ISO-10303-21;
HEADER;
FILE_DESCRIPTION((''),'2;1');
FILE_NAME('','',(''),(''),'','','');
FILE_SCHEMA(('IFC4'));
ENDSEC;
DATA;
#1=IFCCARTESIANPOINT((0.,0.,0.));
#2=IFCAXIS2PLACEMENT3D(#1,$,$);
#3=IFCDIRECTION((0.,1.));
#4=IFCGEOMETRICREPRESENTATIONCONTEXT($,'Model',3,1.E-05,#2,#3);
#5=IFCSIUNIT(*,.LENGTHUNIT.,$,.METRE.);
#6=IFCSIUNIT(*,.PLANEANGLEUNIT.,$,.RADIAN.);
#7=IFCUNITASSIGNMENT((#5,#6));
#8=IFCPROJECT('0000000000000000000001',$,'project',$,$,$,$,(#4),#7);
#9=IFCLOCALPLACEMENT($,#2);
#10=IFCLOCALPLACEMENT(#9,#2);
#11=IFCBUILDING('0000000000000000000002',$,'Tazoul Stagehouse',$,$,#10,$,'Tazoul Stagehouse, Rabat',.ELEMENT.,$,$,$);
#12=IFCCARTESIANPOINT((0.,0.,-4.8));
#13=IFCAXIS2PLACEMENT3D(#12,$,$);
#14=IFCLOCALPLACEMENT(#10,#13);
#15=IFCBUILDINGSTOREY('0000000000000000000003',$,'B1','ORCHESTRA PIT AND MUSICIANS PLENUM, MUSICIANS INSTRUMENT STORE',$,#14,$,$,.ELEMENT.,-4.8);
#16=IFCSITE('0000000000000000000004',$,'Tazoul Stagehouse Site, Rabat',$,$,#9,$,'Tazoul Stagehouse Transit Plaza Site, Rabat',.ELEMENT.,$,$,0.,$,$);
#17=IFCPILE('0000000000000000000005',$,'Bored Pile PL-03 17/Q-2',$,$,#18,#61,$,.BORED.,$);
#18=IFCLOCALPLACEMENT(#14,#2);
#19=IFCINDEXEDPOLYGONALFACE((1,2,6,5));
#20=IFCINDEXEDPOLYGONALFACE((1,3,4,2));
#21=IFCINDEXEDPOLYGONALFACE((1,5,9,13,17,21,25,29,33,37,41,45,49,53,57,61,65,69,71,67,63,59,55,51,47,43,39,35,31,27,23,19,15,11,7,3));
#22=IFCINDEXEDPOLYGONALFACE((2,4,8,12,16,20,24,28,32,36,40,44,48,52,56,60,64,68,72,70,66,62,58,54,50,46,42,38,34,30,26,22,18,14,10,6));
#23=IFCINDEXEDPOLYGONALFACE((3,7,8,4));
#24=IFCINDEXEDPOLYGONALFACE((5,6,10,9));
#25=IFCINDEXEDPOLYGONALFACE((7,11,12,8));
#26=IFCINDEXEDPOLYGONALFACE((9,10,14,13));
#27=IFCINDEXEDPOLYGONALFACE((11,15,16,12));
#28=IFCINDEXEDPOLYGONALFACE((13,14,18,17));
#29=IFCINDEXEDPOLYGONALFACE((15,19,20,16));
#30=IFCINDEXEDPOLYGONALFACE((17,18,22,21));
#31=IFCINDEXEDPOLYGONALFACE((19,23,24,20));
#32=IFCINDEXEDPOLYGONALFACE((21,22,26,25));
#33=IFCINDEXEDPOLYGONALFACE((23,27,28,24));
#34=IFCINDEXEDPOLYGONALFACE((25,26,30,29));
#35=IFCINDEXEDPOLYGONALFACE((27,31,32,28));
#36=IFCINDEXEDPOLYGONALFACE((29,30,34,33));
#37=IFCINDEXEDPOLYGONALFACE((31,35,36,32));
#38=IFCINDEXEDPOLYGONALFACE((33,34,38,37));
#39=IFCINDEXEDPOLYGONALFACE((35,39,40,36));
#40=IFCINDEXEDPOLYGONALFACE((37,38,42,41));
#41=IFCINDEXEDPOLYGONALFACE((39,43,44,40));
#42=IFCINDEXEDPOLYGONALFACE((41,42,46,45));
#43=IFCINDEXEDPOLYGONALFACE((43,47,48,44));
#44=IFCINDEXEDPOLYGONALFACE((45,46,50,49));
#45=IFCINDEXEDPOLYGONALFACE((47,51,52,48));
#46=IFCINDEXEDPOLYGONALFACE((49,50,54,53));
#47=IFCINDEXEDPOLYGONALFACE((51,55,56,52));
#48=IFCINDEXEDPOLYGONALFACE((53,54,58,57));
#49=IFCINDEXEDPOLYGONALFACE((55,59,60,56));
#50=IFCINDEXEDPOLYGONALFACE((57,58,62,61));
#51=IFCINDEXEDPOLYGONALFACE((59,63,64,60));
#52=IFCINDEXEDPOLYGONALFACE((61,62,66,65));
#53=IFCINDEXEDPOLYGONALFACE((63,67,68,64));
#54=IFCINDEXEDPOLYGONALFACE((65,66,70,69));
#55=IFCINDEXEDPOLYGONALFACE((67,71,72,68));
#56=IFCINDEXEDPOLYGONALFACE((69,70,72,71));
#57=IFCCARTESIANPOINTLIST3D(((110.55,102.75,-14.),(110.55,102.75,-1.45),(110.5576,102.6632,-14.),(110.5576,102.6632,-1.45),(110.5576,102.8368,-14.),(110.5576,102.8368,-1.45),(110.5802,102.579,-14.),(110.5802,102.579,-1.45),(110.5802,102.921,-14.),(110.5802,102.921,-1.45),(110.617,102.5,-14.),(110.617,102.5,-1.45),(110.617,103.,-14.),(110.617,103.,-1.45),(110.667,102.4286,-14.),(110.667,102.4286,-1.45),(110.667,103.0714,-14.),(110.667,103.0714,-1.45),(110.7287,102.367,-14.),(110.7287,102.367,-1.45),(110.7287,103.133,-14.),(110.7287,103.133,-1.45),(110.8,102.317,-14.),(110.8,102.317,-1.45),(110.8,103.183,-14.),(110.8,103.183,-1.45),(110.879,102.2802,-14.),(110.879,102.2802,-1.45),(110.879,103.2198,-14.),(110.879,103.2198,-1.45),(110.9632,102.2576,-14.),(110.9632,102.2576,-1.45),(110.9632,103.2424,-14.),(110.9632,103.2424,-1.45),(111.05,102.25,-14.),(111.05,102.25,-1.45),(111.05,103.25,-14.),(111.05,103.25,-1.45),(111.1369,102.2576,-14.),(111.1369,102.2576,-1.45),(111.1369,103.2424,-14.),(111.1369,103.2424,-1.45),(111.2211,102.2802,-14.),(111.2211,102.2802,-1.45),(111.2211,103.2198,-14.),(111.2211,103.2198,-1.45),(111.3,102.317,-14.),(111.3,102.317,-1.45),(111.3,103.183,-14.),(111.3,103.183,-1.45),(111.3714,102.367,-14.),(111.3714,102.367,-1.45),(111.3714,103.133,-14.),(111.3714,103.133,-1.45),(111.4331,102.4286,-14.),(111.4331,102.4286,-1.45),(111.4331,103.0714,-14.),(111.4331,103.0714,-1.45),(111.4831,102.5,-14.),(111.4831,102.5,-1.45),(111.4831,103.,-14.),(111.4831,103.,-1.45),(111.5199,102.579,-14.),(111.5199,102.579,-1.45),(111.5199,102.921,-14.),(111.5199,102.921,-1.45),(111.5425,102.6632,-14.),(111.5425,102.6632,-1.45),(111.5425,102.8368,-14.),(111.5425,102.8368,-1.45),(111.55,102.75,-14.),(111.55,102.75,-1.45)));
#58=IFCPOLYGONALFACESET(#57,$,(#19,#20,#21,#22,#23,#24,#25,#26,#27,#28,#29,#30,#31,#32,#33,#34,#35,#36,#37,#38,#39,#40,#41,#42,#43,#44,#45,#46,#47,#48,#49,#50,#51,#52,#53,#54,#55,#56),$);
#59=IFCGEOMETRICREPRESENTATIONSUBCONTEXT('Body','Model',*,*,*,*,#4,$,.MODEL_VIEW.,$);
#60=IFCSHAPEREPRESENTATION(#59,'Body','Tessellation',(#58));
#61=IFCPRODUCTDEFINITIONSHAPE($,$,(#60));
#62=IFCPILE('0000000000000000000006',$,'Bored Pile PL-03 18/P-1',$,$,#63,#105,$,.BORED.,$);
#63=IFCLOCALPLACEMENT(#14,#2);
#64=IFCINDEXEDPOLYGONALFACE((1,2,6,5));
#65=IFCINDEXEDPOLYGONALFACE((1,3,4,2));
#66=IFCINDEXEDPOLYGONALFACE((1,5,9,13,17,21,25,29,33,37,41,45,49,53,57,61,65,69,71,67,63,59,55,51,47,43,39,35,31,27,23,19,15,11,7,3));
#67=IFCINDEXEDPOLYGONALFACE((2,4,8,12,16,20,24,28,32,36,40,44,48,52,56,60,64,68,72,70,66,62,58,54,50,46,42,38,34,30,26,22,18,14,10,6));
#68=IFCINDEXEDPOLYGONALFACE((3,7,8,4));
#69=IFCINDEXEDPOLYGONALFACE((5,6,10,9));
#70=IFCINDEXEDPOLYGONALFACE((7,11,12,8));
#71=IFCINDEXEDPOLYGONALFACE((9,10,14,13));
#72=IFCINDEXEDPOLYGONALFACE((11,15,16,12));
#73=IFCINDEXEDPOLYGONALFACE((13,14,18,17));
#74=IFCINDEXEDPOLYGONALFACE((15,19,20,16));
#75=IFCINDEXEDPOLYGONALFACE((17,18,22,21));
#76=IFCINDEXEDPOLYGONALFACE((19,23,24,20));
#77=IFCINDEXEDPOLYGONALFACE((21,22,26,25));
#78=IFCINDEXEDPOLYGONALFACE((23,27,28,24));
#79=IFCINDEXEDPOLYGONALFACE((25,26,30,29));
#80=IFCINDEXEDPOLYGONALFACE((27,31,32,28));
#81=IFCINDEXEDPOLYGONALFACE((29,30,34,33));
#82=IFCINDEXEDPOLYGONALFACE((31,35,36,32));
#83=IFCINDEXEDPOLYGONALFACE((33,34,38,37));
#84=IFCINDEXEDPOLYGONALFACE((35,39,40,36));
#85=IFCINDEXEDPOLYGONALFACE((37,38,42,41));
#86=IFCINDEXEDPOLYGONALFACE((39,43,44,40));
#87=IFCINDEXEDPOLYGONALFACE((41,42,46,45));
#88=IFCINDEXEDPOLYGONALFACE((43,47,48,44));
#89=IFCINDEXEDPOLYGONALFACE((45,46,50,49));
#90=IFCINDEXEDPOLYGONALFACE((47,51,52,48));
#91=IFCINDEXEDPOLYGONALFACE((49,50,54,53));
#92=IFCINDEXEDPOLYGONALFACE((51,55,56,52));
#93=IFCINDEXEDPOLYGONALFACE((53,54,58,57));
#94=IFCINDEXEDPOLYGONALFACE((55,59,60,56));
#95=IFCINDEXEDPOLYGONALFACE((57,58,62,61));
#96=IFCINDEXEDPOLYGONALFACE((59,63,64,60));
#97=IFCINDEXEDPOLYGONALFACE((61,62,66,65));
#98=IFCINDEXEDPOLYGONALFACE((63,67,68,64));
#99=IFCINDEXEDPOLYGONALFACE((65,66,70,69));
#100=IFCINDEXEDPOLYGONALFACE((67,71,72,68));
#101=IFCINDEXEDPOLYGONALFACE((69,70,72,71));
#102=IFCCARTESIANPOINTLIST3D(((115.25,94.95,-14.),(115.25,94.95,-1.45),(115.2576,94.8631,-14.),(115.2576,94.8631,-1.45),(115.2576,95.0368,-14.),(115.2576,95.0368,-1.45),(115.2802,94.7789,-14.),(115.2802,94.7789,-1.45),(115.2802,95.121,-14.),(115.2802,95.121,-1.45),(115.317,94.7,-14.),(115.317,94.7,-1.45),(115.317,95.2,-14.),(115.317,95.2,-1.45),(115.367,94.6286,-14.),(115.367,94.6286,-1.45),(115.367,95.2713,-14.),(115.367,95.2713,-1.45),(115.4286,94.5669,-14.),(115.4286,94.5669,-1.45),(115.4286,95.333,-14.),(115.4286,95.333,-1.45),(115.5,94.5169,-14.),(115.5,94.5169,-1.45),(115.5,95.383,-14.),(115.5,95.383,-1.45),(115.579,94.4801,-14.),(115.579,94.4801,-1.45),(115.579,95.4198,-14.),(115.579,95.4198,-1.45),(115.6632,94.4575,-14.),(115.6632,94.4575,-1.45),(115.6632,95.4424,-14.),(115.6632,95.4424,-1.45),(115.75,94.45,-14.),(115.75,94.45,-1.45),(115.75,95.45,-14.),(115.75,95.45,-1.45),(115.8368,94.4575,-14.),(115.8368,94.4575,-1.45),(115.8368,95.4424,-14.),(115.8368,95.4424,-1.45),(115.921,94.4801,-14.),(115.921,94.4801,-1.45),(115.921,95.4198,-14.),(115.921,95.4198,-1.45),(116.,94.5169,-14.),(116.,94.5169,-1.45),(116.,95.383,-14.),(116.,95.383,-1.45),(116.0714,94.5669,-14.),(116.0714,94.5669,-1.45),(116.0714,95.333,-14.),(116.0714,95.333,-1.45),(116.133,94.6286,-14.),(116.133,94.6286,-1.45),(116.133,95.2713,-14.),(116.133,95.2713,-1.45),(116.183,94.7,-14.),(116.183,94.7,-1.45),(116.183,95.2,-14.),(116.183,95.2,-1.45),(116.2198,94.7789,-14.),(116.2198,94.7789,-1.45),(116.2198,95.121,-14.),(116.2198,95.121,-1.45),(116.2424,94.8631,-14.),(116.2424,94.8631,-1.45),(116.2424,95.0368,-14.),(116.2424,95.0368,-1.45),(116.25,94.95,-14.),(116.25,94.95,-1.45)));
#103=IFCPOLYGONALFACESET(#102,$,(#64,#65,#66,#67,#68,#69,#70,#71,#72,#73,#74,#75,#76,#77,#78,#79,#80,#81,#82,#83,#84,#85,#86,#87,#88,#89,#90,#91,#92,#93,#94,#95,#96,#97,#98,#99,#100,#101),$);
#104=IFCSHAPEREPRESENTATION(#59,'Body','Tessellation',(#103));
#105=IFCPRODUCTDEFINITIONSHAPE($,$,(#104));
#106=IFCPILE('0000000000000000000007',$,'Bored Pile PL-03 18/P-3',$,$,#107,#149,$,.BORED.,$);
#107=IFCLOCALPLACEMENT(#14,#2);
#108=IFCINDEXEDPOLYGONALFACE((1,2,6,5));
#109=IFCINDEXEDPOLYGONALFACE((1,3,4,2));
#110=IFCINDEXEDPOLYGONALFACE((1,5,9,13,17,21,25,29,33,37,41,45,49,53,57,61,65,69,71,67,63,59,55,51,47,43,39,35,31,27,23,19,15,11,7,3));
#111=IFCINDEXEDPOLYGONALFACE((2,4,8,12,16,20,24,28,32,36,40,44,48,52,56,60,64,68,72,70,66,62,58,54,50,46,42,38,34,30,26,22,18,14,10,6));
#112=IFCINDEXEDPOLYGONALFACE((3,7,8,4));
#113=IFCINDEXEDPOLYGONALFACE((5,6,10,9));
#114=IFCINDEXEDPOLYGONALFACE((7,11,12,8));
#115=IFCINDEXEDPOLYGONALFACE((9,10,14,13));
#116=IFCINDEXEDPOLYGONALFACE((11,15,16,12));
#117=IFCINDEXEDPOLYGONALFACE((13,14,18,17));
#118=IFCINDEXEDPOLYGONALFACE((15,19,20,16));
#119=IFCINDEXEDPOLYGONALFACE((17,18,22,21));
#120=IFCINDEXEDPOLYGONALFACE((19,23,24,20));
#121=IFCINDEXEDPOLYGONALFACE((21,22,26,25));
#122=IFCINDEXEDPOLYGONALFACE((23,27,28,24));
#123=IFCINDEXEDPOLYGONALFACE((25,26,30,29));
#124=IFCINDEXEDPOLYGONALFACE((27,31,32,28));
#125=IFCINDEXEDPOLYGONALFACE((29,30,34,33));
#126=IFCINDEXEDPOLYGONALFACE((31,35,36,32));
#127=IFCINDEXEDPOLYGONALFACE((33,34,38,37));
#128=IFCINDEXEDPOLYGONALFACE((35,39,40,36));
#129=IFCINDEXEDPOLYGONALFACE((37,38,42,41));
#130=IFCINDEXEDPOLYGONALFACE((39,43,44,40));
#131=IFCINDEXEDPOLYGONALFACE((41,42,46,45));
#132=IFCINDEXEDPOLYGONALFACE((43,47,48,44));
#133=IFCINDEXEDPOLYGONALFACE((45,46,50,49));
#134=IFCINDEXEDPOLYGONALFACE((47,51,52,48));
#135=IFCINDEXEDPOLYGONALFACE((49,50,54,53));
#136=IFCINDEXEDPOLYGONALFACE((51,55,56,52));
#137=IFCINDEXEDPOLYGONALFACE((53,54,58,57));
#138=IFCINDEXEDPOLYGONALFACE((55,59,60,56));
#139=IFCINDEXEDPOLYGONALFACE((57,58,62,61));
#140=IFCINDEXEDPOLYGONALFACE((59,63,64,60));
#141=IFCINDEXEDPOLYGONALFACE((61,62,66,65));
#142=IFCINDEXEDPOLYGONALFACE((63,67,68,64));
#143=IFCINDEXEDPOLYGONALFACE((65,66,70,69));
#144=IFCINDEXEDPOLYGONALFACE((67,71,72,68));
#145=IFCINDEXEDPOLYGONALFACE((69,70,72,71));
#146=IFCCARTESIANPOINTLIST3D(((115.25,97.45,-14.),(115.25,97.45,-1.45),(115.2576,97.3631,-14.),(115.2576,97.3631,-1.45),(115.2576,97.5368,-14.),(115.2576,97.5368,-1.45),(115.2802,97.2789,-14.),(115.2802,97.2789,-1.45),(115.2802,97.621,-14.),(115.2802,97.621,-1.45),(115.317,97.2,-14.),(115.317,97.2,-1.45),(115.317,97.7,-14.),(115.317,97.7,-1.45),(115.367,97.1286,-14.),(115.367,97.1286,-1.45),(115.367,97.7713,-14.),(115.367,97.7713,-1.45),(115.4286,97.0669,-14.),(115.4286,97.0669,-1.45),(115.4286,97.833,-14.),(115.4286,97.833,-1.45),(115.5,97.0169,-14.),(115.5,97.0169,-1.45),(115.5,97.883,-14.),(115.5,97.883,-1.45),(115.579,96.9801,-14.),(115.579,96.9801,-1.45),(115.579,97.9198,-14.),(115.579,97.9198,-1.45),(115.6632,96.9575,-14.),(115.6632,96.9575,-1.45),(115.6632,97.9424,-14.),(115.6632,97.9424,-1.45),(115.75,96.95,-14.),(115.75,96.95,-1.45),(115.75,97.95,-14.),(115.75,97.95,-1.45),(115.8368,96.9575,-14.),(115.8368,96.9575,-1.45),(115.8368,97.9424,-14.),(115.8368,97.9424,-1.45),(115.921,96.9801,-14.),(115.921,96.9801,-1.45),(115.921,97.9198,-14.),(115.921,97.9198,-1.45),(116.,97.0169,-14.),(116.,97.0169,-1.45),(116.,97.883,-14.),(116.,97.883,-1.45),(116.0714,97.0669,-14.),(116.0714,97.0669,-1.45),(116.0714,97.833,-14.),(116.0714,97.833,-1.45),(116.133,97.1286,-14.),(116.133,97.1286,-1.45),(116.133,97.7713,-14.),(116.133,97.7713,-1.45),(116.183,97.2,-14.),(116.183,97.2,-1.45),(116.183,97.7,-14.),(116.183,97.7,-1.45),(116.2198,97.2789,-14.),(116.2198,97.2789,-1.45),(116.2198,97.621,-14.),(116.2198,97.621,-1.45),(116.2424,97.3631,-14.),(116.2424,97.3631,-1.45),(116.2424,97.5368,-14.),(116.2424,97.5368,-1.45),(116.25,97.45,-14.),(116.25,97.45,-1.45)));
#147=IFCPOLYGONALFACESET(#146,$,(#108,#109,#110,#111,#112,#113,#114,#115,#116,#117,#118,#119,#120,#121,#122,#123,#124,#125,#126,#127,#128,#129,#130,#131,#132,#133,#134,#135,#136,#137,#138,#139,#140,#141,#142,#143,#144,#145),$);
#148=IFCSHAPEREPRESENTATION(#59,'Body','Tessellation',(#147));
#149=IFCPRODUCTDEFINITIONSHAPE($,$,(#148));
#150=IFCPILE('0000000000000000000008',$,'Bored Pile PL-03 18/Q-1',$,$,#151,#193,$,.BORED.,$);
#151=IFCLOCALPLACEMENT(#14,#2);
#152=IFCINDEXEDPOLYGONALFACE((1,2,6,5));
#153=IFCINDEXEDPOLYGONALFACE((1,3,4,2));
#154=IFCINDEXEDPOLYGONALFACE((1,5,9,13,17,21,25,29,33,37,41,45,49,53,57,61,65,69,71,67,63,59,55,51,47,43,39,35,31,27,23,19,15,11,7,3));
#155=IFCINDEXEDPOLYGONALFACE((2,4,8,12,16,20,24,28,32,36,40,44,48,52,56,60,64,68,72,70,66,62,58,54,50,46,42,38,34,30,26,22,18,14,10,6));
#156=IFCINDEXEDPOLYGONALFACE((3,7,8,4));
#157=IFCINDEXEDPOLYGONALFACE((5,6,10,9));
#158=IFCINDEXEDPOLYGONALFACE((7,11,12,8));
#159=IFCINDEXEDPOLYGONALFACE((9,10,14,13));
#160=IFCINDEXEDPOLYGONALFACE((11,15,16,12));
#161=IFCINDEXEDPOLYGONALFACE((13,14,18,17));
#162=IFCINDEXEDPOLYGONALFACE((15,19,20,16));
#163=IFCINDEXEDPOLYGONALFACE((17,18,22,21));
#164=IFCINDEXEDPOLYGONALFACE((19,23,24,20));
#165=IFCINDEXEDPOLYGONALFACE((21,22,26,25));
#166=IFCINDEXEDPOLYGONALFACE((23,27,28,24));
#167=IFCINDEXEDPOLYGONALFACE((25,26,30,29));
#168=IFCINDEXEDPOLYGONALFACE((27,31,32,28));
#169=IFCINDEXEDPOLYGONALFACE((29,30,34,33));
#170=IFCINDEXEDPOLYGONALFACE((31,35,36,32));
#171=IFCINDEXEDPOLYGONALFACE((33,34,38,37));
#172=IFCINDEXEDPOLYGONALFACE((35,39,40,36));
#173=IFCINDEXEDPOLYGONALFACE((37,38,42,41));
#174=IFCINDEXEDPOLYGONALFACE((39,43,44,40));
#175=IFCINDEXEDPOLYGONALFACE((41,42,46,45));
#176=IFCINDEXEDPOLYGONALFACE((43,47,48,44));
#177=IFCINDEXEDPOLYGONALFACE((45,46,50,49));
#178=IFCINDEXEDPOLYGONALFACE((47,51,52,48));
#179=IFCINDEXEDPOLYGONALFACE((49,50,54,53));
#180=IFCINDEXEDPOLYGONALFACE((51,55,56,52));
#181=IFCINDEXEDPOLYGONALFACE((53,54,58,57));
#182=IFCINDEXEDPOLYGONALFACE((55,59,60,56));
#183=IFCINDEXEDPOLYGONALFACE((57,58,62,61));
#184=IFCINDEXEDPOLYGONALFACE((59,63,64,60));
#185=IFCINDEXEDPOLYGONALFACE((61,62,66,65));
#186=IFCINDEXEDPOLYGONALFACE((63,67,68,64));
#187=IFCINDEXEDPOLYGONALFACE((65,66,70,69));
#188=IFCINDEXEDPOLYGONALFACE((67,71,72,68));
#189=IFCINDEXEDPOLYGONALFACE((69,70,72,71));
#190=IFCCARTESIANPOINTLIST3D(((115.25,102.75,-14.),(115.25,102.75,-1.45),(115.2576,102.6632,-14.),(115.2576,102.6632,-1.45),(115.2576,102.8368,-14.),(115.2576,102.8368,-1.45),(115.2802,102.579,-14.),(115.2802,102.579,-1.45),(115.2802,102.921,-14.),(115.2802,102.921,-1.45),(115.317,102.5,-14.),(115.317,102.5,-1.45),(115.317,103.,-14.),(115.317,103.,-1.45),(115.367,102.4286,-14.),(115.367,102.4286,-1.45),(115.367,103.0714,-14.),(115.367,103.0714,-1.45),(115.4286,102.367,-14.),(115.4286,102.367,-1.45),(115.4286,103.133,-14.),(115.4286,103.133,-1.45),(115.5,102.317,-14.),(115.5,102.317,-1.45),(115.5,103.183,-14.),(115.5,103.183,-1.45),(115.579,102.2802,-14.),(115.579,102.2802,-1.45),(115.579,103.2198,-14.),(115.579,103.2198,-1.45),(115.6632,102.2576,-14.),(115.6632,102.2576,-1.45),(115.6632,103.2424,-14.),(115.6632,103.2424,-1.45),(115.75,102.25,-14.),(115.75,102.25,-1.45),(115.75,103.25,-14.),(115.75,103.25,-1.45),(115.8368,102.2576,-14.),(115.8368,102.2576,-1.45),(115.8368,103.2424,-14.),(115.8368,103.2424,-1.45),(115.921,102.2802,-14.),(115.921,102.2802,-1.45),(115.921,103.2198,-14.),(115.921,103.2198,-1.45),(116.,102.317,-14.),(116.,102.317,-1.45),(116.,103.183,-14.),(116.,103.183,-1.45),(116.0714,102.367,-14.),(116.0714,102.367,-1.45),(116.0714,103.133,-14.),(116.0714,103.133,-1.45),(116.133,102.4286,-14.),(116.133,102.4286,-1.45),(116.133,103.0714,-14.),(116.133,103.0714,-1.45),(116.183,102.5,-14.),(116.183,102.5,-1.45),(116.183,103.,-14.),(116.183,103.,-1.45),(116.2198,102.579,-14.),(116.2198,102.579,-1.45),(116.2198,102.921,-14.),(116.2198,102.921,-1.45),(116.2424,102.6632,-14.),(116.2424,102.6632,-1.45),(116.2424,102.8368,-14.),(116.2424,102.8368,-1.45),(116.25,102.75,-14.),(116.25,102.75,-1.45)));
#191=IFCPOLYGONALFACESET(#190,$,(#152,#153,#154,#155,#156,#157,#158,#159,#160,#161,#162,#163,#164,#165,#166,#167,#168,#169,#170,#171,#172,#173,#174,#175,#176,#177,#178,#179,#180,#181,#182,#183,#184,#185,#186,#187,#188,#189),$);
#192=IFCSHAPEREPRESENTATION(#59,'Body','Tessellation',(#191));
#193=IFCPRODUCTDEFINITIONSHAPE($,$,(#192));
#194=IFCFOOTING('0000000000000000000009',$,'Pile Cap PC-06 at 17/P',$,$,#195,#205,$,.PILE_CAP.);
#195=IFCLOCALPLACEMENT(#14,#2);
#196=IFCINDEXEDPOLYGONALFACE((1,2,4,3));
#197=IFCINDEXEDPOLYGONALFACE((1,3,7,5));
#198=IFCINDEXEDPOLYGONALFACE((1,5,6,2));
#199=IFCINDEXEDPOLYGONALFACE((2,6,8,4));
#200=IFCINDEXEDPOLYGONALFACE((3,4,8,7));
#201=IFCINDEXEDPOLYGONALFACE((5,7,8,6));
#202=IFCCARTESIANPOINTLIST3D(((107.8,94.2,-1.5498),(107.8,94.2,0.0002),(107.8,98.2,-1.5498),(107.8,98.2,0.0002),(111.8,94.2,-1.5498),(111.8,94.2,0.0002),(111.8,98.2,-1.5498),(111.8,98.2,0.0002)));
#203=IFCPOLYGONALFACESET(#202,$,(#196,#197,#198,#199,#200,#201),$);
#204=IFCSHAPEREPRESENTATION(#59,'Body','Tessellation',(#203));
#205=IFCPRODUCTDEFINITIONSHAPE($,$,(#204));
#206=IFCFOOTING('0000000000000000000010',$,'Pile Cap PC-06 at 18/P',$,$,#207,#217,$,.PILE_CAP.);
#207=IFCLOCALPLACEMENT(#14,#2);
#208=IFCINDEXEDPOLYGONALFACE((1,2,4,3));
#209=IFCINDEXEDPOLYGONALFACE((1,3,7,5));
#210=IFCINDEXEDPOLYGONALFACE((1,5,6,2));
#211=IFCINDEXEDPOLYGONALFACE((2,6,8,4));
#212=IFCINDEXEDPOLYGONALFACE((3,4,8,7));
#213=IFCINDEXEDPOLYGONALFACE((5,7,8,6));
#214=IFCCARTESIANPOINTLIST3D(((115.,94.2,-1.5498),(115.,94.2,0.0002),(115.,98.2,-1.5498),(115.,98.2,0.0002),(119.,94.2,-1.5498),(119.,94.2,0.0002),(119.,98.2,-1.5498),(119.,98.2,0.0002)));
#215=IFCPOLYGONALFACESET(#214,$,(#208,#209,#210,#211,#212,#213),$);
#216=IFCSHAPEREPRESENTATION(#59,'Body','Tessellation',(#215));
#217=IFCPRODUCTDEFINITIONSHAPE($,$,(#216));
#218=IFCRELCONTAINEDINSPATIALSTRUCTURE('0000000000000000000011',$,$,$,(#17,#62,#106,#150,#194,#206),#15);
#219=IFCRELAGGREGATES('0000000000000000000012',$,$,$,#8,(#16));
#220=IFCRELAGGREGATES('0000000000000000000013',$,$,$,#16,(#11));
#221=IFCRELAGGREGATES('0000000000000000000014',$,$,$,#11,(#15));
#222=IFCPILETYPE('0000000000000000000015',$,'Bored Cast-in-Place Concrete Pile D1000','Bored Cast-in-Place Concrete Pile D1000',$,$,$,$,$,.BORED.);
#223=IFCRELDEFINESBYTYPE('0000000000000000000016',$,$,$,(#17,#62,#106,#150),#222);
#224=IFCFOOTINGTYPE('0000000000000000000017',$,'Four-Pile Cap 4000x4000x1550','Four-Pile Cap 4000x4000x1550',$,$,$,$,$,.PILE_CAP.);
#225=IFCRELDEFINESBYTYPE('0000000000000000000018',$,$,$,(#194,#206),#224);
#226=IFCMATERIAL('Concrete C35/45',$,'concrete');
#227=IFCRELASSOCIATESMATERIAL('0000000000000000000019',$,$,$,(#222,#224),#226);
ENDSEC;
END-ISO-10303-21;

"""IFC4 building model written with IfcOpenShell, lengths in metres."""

from ifc_helpers import new_model, si_unit, direction, frame, origin, origin_2d, place, context, subcontext, project, spatial, rectangle, circle, extrude, material, material_profile, profile_set, type_object, element, save


model = new_model("IFC4")

# Units and contexts
model_context = context("Model", 3, precision=1e-05, world=origin(), true_north=direction((0.0, 1.0)))
body_context = subcontext(model_context, "Body", "Model", "MODEL_VIEW")
ifc_project = project(units=[si_unit("LENGTHUNIT", "METRE"), si_unit("PLANEANGLEUNIT", "RADIAN")], contexts=[model_context])

# Site, building, storey
site_placement = place(None, origin())
site = spatial("IfcSite", under=ifc_project, at=site_placement, Name="Tazoul Stagehouse Site, Rabat", LongName="Tazoul Stagehouse Transit Plaza Site, Rabat", CompositionType="ELEMENT", RefElevation=0.0)
building_placement = place(site_placement, origin())
building = spatial("IfcBuilding", under=site, at=building_placement, Name="Tazoul Stagehouse", LongName="Tazoul Stagehouse, Rabat", CompositionType="ELEMENT")
storey_placement = place(building_placement, frame((0.0, 0.0, -4.8)))
storey = spatial("IfcBuildingStorey", under=building, at=storey_placement, Name="B1", Description="ORCHESTRA PIT AND MUSICIANS PLENUM, MUSICIANS INSTRUMENT STORE", CompositionType="ELEMENT", Elevation=-4.8)

# Piles
ifc_material_1 = material(Name="Concrete C35/45", Category="concrete")
ifc_material_profile_1 = material_profile(ifc_material_1, circle(Radius=0.5, at=origin_2d()), Name="BORED PILE 1000")
ifc_profile_set_1 = profile_set([ifc_material_profile_1], Name="Concrete C35/45")
pile_type = type_object("IfcPileType", Name="Bored Cast-in-Place Concrete Pile D1000", Description="Bored Cast-in-Place Concrete Pile D1000", PredefinedType="BORED", material=ifc_profile_set_1)
for number, where, z_axis, x_axis, name in (
    (1, (111.05, 102.75, -1.45), (0.0, 0.0, -1.0), (1.0, 0.0, 0.0), "Bored Pile PL-03 17/Q-2"),
    (2, (115.75, 94.95, -1.45), (0.0, 0.0, -1.0), (1.0, 0.0, 0.0), "Bored Pile PL-03 18/P-1"),
    (3, (115.75, 97.45, -1.45), (0.0, 0.0, -1.0), (1.0, 0.0, 0.0), "Bored Pile PL-03 18/P-3"),
    (4, (115.75, 102.75, -1.45), (0.0, 0.0, -1.0), (1.0, 0.0, 0.0), "Bored Pile PL-03 18/Q-1"),
):
    element("IfcPile", number, at=place(storey_placement, frame(where, z_axis=z_axis, x_axis=x_axis)), inside=storey, type_object=pile_type, Name=name, PredefinedType="BORED", context=body_context, shape_type="SweptSolid", body=[
        extrude(circle(Radius=0.5, at=origin_2d()), origin(), (0.0, 0.0, 1.0), 12.55),
    ])

# Footings
footing_type_1 = type_object("IfcFootingType", Name="Four-Pile Cap 4000x4000x1550", Description="Four-Pile Cap 4000x4000x1550", PredefinedType="PILE_CAP", material=ifc_material_1)
for number, where, z_axis, x_axis, name in (
    (5, (109.8, 96.2, -1.5498), (0.0, 0.0, 1.0), (1.0, 0.0, 0.0), "Pile Cap PC-06 at 17/P"),
    (6, (117.0, 96.2, -1.5498), (0.0, 0.0, 1.0), (1.0, 0.0, 0.0), "Pile Cap PC-06 at 18/P"),
):
    element("IfcFooting", number, at=place(storey_placement, frame(where, z_axis=z_axis, x_axis=x_axis)), inside=storey, type_object=footing_type_1, Name=name, PredefinedType="PILE_CAP", context=body_context, shape_type="SweptSolid", body=[
        extrude(rectangle(XDim=4.0, YDim=4.0, at=origin_2d()), origin(), (0.0, 0.0, 1.0), 1.55),
    ])

save(model, "model.ifc")
